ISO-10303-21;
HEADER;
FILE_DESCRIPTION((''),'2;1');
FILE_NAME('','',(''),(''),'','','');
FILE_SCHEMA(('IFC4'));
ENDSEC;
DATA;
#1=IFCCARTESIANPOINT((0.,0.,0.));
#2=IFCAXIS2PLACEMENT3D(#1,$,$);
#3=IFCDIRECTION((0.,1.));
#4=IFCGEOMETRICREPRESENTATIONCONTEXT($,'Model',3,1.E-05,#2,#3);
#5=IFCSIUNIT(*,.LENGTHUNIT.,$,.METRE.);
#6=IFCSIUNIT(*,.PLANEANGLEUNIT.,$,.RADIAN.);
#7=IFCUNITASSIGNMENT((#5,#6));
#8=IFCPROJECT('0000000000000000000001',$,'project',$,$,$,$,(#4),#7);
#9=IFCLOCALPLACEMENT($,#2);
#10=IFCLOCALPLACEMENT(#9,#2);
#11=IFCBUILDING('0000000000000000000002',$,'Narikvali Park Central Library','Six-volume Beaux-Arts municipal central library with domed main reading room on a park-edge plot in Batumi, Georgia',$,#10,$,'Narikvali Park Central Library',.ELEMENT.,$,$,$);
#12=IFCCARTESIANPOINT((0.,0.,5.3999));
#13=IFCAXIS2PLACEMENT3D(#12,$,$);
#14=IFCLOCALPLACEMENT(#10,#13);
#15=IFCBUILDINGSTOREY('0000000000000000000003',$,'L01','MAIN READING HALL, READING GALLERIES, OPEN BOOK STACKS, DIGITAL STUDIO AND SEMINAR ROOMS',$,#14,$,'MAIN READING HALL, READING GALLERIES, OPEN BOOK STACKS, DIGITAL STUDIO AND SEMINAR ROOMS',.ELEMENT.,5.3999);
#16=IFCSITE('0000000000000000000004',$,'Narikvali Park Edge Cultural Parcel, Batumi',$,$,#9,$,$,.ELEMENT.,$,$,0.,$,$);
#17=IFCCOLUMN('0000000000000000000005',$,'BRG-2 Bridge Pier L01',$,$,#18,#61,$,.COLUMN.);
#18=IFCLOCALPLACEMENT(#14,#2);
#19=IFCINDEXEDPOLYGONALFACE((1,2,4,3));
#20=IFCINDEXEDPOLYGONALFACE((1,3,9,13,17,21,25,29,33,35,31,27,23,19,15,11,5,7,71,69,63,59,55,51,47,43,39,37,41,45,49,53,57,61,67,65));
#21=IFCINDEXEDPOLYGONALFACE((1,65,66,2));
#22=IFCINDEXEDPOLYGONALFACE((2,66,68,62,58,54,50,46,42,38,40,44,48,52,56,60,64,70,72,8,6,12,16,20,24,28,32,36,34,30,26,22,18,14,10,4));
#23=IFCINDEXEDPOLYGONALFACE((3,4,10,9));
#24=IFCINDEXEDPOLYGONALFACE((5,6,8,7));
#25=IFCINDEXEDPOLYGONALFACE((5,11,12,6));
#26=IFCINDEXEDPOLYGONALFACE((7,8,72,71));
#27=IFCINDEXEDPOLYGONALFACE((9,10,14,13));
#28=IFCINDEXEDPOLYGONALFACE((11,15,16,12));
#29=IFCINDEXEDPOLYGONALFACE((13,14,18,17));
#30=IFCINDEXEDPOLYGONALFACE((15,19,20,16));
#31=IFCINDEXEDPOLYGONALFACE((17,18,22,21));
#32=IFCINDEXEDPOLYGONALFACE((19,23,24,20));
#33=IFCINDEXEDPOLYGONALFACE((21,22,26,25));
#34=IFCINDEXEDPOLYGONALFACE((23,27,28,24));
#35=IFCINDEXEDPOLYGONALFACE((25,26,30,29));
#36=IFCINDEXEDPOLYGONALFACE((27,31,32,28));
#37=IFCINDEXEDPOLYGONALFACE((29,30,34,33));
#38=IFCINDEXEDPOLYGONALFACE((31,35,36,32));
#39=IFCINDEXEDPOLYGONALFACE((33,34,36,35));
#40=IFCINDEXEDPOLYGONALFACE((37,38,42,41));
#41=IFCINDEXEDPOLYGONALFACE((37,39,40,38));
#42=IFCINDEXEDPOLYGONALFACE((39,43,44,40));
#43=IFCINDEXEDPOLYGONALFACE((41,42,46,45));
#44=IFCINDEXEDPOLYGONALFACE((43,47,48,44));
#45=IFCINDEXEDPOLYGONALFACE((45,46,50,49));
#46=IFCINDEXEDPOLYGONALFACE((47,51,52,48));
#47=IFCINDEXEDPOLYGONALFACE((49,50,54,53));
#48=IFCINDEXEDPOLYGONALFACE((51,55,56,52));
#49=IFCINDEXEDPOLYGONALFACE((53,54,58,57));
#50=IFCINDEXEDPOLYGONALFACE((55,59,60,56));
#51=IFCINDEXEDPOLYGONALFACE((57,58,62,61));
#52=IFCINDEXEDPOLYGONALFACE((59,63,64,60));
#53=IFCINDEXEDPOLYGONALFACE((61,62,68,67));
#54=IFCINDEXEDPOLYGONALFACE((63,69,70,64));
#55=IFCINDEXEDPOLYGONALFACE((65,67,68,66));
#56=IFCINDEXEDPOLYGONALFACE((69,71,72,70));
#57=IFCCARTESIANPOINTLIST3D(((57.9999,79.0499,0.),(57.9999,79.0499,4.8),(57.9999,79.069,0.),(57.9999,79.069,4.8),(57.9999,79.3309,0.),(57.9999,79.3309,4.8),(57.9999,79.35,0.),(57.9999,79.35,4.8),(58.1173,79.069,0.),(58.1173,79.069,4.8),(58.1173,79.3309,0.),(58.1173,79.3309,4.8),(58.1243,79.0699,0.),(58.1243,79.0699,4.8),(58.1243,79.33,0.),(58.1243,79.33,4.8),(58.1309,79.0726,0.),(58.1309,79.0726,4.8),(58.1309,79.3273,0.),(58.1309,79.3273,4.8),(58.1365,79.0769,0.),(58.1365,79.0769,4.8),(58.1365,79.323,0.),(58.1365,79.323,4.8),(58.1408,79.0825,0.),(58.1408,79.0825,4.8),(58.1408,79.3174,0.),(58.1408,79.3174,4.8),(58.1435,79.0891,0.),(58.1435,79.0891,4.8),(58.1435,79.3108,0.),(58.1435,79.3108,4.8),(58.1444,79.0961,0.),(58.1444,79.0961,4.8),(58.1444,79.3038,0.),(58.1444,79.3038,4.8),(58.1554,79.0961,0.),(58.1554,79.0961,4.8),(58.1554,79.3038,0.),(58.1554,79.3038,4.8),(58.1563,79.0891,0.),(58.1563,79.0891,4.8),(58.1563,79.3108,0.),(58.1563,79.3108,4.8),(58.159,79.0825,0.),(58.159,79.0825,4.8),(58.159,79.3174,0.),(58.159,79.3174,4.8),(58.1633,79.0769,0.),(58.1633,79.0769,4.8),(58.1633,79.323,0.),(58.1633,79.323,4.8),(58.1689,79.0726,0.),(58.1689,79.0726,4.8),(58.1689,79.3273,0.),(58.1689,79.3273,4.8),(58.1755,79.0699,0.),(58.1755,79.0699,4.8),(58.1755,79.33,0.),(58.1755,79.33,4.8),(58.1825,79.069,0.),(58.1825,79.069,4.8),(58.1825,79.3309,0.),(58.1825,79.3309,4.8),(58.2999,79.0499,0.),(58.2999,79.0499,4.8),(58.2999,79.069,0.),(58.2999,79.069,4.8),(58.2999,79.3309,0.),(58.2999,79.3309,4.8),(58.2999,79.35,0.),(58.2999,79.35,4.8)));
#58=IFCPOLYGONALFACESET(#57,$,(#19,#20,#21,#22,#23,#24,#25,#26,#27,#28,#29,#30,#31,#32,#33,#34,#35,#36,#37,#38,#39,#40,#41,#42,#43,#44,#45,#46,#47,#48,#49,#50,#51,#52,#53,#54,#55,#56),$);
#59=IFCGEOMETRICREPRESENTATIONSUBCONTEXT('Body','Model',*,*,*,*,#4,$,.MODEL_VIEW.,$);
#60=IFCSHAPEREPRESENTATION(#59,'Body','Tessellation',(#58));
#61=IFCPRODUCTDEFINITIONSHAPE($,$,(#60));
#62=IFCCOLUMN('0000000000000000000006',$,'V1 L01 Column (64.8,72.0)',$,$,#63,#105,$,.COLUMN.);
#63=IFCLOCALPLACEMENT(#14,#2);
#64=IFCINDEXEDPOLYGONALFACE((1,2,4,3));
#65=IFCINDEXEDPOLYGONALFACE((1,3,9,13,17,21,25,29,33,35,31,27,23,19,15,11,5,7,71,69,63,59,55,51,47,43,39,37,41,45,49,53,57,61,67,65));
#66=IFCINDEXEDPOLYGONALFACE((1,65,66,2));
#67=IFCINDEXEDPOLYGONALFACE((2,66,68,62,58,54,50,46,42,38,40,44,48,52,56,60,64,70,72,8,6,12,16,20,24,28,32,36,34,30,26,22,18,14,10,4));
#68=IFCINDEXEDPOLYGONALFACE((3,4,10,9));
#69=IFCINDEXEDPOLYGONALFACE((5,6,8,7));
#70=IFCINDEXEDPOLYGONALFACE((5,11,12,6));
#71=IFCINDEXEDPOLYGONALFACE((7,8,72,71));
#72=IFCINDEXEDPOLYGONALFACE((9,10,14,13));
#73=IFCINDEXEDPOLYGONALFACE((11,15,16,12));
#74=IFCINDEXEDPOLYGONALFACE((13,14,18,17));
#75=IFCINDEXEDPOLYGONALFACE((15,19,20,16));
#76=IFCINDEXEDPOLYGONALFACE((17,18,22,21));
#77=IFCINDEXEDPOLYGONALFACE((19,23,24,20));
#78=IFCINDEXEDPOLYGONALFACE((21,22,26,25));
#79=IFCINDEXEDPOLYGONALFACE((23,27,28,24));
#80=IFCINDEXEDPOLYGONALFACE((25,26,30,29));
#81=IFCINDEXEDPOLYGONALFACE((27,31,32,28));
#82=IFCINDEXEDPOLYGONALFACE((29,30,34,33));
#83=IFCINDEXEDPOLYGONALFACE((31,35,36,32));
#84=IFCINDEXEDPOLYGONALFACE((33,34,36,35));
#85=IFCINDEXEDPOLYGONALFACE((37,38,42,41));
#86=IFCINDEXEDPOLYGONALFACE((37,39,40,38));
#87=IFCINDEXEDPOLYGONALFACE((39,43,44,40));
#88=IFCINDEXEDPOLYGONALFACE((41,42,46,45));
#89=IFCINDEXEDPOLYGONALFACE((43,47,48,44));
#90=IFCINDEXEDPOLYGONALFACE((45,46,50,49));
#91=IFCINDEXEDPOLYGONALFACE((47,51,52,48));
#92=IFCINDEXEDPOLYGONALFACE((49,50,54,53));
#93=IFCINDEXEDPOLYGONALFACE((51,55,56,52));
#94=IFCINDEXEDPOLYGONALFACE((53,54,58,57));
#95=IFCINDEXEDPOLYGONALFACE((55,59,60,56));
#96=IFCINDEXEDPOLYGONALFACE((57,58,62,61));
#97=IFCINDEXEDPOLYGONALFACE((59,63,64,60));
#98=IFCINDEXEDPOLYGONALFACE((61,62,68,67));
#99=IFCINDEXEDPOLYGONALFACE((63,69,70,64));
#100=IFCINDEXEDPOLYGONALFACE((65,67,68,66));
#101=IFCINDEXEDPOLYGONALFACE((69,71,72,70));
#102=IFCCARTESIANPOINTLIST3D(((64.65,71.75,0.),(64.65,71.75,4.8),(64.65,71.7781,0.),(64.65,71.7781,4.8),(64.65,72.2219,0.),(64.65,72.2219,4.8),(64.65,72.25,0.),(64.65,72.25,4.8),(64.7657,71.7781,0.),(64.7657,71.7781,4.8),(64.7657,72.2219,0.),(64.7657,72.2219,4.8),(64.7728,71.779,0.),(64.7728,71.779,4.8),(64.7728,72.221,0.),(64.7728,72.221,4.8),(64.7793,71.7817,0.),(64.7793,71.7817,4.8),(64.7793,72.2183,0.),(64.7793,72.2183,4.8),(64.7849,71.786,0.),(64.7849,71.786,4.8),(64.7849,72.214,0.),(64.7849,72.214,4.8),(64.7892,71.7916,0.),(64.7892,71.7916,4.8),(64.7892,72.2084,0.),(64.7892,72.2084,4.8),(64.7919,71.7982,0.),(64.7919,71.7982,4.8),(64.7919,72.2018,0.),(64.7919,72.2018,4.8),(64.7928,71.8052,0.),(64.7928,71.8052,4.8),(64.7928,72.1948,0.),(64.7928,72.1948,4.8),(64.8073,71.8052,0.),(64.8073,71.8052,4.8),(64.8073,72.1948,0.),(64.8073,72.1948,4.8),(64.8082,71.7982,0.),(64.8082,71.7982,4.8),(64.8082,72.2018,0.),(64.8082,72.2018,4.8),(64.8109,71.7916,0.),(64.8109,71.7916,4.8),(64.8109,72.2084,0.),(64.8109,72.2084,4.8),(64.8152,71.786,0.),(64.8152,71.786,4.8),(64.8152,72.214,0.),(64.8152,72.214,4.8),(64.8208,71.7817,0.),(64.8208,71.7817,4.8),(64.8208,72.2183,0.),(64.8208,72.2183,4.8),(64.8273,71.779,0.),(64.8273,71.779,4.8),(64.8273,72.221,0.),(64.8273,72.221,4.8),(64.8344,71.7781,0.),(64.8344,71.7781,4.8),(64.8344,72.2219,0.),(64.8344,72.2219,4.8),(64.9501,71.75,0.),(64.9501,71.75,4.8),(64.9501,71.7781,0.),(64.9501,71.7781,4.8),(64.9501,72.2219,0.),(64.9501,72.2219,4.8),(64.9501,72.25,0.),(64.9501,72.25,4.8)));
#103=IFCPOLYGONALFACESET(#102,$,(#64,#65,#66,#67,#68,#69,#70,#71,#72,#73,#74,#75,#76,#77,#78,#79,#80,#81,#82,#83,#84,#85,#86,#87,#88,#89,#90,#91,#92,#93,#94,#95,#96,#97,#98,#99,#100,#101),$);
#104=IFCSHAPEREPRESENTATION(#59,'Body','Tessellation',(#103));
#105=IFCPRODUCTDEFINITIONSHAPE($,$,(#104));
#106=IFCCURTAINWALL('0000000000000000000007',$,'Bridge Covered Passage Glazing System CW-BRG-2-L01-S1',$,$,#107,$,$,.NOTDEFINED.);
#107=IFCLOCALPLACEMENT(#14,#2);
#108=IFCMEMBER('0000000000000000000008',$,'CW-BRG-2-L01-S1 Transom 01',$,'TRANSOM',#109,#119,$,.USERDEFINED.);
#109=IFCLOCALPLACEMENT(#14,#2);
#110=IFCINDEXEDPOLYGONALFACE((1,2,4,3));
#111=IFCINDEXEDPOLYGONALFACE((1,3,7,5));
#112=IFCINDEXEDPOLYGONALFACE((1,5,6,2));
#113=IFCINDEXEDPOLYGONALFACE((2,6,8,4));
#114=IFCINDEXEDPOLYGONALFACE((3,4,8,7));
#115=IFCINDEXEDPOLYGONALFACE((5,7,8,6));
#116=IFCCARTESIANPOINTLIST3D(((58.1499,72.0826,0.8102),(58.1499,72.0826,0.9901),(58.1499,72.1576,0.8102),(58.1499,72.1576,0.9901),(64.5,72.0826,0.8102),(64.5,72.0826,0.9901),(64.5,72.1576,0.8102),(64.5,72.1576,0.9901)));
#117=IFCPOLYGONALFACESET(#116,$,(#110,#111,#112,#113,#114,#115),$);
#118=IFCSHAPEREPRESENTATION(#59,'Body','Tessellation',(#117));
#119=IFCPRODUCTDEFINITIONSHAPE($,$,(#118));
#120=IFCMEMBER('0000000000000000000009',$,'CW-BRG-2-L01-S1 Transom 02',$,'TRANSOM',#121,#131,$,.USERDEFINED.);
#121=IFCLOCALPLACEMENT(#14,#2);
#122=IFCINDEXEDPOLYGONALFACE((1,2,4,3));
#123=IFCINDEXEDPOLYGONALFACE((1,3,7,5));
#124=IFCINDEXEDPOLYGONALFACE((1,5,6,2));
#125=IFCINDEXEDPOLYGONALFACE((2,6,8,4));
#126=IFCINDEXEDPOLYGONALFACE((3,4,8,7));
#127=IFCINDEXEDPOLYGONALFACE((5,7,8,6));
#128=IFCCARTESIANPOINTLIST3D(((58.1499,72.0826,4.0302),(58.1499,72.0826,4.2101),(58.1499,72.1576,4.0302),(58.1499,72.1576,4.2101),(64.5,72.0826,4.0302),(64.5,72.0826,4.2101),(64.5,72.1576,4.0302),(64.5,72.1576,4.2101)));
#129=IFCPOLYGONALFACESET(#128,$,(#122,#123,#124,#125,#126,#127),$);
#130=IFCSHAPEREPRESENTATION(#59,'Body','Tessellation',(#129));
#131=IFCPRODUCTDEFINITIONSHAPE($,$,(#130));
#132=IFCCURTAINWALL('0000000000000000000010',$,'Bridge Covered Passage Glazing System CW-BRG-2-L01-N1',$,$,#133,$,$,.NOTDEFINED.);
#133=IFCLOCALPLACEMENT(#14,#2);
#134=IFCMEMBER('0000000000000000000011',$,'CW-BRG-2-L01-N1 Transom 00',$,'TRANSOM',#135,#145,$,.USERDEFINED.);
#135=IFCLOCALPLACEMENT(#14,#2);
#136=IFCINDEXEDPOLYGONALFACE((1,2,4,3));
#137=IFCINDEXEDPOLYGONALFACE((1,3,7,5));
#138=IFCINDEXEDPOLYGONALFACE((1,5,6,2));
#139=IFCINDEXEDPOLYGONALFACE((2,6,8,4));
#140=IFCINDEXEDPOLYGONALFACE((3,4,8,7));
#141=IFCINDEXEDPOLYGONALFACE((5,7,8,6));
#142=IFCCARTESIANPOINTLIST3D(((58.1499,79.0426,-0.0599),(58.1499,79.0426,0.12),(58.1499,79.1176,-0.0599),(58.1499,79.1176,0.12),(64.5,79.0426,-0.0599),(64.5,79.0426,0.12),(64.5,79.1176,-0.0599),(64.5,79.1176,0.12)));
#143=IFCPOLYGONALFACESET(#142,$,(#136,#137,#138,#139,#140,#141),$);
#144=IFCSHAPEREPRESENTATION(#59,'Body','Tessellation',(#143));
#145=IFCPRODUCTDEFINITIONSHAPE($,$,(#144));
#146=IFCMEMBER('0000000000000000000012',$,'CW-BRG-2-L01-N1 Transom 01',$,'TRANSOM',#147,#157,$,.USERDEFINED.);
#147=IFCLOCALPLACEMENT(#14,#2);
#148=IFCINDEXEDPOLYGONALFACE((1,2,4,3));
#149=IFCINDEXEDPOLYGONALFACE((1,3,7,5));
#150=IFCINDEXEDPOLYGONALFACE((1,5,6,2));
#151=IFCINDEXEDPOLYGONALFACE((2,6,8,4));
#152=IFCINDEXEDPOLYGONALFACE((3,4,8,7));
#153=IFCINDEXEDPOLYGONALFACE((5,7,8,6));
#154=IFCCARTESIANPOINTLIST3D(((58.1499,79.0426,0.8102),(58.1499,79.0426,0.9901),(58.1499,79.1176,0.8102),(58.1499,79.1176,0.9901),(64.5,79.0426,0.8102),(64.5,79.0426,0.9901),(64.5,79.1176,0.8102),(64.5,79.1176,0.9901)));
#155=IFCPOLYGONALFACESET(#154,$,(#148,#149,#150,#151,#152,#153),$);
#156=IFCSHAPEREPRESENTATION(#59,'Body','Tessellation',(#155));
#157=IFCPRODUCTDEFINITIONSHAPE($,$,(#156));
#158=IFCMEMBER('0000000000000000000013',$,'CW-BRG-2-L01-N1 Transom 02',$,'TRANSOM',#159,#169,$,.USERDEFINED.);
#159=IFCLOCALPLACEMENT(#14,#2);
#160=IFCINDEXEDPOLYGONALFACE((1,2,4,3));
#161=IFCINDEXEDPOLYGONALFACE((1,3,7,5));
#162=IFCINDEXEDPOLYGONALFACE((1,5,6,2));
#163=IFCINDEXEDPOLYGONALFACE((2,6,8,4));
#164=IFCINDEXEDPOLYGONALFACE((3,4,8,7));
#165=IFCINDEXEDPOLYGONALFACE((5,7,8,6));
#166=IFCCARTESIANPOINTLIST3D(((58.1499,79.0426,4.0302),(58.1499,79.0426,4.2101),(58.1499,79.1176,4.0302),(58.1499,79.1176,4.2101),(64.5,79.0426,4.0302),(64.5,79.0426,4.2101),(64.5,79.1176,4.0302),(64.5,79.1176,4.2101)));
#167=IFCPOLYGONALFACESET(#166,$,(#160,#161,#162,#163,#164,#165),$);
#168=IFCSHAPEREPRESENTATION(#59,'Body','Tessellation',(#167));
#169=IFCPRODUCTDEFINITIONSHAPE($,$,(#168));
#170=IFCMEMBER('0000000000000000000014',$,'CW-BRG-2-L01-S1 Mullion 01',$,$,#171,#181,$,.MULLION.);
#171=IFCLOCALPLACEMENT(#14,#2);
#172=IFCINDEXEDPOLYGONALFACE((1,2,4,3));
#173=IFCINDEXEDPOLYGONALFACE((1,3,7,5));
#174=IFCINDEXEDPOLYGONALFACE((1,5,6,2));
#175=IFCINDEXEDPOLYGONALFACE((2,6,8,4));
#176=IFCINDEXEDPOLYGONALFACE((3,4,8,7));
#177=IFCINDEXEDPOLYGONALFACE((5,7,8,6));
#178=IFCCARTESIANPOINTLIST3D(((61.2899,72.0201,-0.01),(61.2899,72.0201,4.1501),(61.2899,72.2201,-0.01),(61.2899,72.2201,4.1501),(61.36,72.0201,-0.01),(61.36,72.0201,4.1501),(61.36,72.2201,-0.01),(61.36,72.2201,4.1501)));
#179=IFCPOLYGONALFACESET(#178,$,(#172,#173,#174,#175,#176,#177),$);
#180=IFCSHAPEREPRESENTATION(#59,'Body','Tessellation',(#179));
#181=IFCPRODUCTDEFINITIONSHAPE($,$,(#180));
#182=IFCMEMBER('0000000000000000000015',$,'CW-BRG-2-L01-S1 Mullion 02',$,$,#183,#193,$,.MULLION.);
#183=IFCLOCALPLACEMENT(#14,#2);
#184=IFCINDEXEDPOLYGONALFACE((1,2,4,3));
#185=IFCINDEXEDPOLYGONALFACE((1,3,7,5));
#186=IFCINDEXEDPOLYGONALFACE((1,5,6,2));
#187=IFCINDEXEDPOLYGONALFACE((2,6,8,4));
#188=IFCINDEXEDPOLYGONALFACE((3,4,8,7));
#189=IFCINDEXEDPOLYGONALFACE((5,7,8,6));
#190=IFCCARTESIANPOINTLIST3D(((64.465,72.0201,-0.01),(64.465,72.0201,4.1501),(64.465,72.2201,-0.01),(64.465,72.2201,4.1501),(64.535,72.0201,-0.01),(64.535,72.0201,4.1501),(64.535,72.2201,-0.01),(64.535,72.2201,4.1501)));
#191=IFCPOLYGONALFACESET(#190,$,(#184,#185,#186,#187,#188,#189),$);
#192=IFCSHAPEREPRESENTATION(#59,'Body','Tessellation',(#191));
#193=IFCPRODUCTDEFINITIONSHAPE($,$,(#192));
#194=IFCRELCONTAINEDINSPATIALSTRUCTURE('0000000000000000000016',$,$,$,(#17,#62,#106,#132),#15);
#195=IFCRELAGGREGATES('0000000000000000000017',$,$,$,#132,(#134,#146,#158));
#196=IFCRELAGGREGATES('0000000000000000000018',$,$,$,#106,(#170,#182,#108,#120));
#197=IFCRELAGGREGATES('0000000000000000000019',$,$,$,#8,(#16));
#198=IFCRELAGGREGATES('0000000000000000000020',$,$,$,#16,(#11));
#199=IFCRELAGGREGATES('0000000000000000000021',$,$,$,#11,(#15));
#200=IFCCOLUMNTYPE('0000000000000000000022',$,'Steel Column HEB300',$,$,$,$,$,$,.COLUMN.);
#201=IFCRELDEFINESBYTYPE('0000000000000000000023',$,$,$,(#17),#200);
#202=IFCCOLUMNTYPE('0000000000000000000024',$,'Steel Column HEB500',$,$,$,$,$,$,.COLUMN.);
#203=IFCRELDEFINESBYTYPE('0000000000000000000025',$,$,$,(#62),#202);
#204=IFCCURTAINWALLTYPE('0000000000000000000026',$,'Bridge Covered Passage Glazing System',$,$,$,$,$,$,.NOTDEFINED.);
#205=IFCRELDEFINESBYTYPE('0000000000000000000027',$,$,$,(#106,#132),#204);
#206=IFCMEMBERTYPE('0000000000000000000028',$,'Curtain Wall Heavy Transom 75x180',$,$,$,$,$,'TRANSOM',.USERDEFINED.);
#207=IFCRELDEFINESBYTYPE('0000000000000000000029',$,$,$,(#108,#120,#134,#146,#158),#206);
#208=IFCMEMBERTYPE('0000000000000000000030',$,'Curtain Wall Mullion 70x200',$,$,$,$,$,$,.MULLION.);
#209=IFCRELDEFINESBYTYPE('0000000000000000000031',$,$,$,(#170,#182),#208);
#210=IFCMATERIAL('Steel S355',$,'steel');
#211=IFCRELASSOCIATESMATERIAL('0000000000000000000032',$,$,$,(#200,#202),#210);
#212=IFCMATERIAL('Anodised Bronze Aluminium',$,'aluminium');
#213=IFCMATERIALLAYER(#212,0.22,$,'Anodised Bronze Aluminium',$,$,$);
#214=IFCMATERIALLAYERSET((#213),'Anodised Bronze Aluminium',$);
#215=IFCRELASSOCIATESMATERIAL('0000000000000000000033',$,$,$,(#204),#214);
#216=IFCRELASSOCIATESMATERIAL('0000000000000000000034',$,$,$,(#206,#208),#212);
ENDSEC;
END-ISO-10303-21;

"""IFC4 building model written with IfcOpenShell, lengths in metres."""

from ifc_helpers import new_model, si_unit, direction, frame, origin, origin_2d, place, context, subcontext, project, spatial, rectangle, i_section, extrude, material, layer, layer_set, material_profile, profile_set, type_object, element, aggregate, save


model = new_model("IFC4")

# Units and contexts
model_context = context("Model", 3, precision=1e-05, world=origin(), true_north=direction((0.0, 1.0)))
body_context = subcontext(model_context, "Body", "Model", "MODEL_VIEW")
ifc_project = project(units=[si_unit("LENGTHUNIT", "METRE"), si_unit("PLANEANGLEUNIT", "RADIAN")], contexts=[model_context])

# Site, building, storey
site_placement = place(None, origin())
site = spatial("IfcSite", under=ifc_project, at=site_placement, Name="Narikvali Park Edge Cultural Parcel, Batumi", CompositionType="ELEMENT", RefElevation=0.0)
building_placement = place(site_placement, origin())
building = spatial("IfcBuilding", under=site, at=building_placement, Name="Narikvali Park Central Library", Description="Six-volume Beaux-Arts municipal central library with domed main reading room on a park-edge plot in Batumi, Georgia", LongName="Narikvali Park Central Library", CompositionType="ELEMENT")
storey_placement = place(building_placement, frame((0.0, 0.0, 5.3999)))
storey = spatial("IfcBuildingStorey", under=building, at=storey_placement, Name="L01", Description="MAIN READING HALL, READING GALLERIES, OPEN BOOK STACKS, DIGITAL STUDIO AND SEMINAR ROOMS", LongName="MAIN READING HALL, READING GALLERIES, OPEN BOOK STACKS, DIGITAL STUDIO AND SEMINAR ROOMS", CompositionType="ELEMENT", Elevation=5.3999)

# Columns
ifc_material_1 = material(Name="Steel S355", Category="steel")
ifc_material_profile_1 = material_profile(ifc_material_1, i_section(OverallWidth=0.3, OverallDepth=0.3, WebThickness=0.011, FlangeThickness=0.019, FilletRadius=0.0271, at=origin_2d()), Name="HEB 300")
ifc_profile_set_1 = profile_set([ifc_material_profile_1], Name="Steel S355")
column_type_1 = type_object("IfcColumnType", Name="Steel Column HEB300", PredefinedType="COLUMN", material=ifc_profile_set_1)
column_1_placement = place(storey_placement, frame((58.1499, 79.2, 0.0), z_axis=(0.0, 0.0, 1.0), x_axis=(1.0, 0.0, 0.0)))
element("IfcColumn", 1, at=column_1_placement, inside=storey, type_object=column_type_1, Name="BRG-2 Bridge Pier L01", PredefinedType="COLUMN", context=body_context, shape_type="SweptSolid", body=[
    extrude(i_section(OverallWidth=0.3, OverallDepth=0.3, WebThickness=0.011, FlangeThickness=0.019, FilletRadius=0.0271, at=origin_2d()), origin(), (0.0, 0.0, 1.0), 4.8),
])
ifc_material_profile_2 = material_profile(ifc_material_1, i_section(OverallWidth=0.3, OverallDepth=0.5, WebThickness=0.0144, FlangeThickness=0.0281, FilletRadius=0.0271, at=origin_2d()), Name="HEB 500")
ifc_profile_set_2 = profile_set([ifc_material_profile_2], Name="Steel S355")
column_type_2 = type_object("IfcColumnType", Name="Steel Column HEB500", PredefinedType="COLUMN", material=ifc_profile_set_2)
column_2_placement = place(storey_placement, frame((64.8, 72.0, 0.0), z_axis=(0.0, 0.0, 1.0), x_axis=(1.0, 0.0, 0.0)))
element("IfcColumn", 2, at=column_2_placement, inside=storey, type_object=column_type_2, Name="V1 L01 Column (64.8,72.0)", PredefinedType="COLUMN", context=body_context, shape_type="SweptSolid", body=[
    extrude(i_section(OverallWidth=0.3, OverallDepth=0.5, WebThickness=0.0144, FlangeThickness=0.0281, FilletRadius=0.0271, at=origin_2d()), origin(), (0.0, 0.0, 1.0), 4.8),
])

# Curtain walls, members
ifc_material_2 = material(Name="Anodised Bronze Aluminium", Category="aluminium")
ifc_layer_1 = layer(ifc_material_2, 0.22, Name="Anodised Bronze Aluminium")
ifc_layer_set_1 = layer_set([ifc_layer_1], Name="Anodised Bronze Aluminium")
curtain_wall_type = type_object("IfcCurtainWallType", Name="Bridge Covered Passage Glazing System", PredefinedType="NOTDEFINED", material=ifc_layer_set_1)
curtain_wall_1_placement = place(storey_placement, origin())
curtain_wall_1 = element("IfcCurtainWall", 3, at=curtain_wall_1_placement, inside=storey, type_object=curtain_wall_type, Name="Bridge Covered Passage Glazing System CW-BRG-2-L01-S1", PredefinedType="NOTDEFINED")
ifc_material_profile_3 = material_profile(ifc_material_2, rectangle(XDim=0.075, YDim=0.1799, at=origin_2d()), Name="CW TRANSOM 75x180")
ifc_profile_set_3 = profile_set([ifc_material_profile_3], Name="Anodised Bronze Aluminium")
member_type_1 = type_object("IfcMemberType", Name="Curtain Wall Heavy Transom 75x180", ElementType="TRANSOM", PredefinedType="USERDEFINED", material=ifc_profile_set_3)
member_1_placement = place(storey_placement, frame((58.1499, 72.1201, 0.9001), z_axis=(1.0, 0.0, 0.0), x_axis=(0.0, 1.0, 0.0)))
member_1 = element("IfcMember", 4, at=member_1_placement, type_object=member_type_1, Name="CW-BRG-2-L01-S1 Transom 01", ObjectType="TRANSOM", PredefinedType="USERDEFINED", context=body_context, shape_type="SweptSolid", body=[
    extrude(rectangle(XDim=0.075, YDim=0.1799, at=origin_2d()), origin(), (0.0, 0.0, 1.0), 6.3501),
])
member_2_placement = place(storey_placement, frame((58.1499, 72.1201, 4.1201), z_axis=(1.0, 0.0, 0.0), x_axis=(0.0, 1.0, 0.0)))
member_2 = element("IfcMember", 5, at=member_2_placement, type_object=member_type_1, Name="CW-BRG-2-L01-S1 Transom 02", ObjectType="TRANSOM", PredefinedType="USERDEFINED", context=body_context, shape_type="SweptSolid", body=[
    extrude(rectangle(XDim=0.075, YDim=0.1799, at=origin_2d()), origin(), (0.0, 0.0, 1.0), 6.3501),
])
curtain_wall_2_placement = place(storey_placement, origin())
curtain_wall_2 = element("IfcCurtainWall", 6, at=curtain_wall_2_placement, inside=storey, type_object=curtain_wall_type, Name="Bridge Covered Passage Glazing System CW-BRG-2-L01-N1", PredefinedType="NOTDEFINED")
member_3_placement = place(storey_placement, frame((58.1499, 79.0801, 0.03), z_axis=(1.0, 0.0, 0.0), x_axis=(0.0, 1.0, 0.0)))
member_3 = element("IfcMember", 7, at=member_3_placement, type_object=member_type_1, Name="CW-BRG-2-L01-N1 Transom 00", ObjectType="TRANSOM", PredefinedType="USERDEFINED", context=body_context, shape_type="SweptSolid", body=[
    extrude(rectangle(XDim=0.075, YDim=0.1799, at=origin_2d()), origin(), (0.0, 0.0, 1.0), 6.3501),
])
member_4_placement = place(storey_placement, frame((58.1499, 79.0801, 0.9001), z_axis=(1.0, 0.0, 0.0), x_axis=(0.0, 1.0, 0.0)))
member_4 = element("IfcMember", 8, at=member_4_placement, type_object=member_type_1, Name="CW-BRG-2-L01-N1 Transom 01", ObjectType="TRANSOM", PredefinedType="USERDEFINED", context=body_context, shape_type="SweptSolid", body=[
    extrude(rectangle(XDim=0.075, YDim=0.1799, at=origin_2d()), origin(), (0.0, 0.0, 1.0), 6.3501),
])
member_5_placement = place(storey_placement, frame((58.1499, 79.0801, 4.1201), z_axis=(1.0, 0.0, 0.0), x_axis=(0.0, 1.0, 0.0)))
member_5 = element("IfcMember", 9, at=member_5_placement, type_object=member_type_1, Name="CW-BRG-2-L01-N1 Transom 02", ObjectType="TRANSOM", PredefinedType="USERDEFINED", context=body_context, shape_type="SweptSolid", body=[
    extrude(rectangle(XDim=0.075, YDim=0.1799, at=origin_2d()), origin(), (0.0, 0.0, 1.0), 6.3501),
])

# Members
ifc_material_profile_4 = material_profile(ifc_material_2, rectangle(XDim=0.0701, YDim=0.2, at=origin_2d()), Name="CW MULLION 70x200")
ifc_profile_set_4 = profile_set([ifc_material_profile_4], Name="Anodised Bronze Aluminium")
member_type_2 = type_object("IfcMemberType", Name="Curtain Wall Mullion 70x200", PredefinedType="MULLION", material=ifc_profile_set_4)
member_6_placement = place(storey_placement, frame((61.325, 72.1201, -0.01), z_axis=(0.0, 0.0, 1.0), x_axis=(1.0, 0.0, 0.0)))
member_6 = element("IfcMember", 10, at=member_6_placement, type_object=member_type_2, Name="CW-BRG-2-L01-S1 Mullion 01", PredefinedType="MULLION", context=body_context, shape_type="SweptSolid", body=[
    extrude(rectangle(XDim=0.0701, YDim=0.2, at=origin_2d()), origin(), (0.0, 0.0, 1.0), 4.1602),
])
member_7_placement = place(storey_placement, frame((64.5, 72.1201, -0.01), z_axis=(0.0, 0.0, 1.0), x_axis=(1.0, 0.0, 0.0)))
member_7 = element("IfcMember", 11, at=member_7_placement, type_object=member_type_2, Name="CW-BRG-2-L01-S1 Mullion 02", PredefinedType="MULLION", context=body_context, shape_type="SweptSolid", body=[
    extrude(rectangle(XDim=0.0701, YDim=0.2, at=origin_2d()), origin(), (0.0, 0.0, 1.0), 4.1602),
])

aggregate(curtain_wall_2, [member_3, member_4, member_5])
aggregate(curtain_wall_1, [member_6, member_7, member_1, member_2])

save(model, "model.ifc")
